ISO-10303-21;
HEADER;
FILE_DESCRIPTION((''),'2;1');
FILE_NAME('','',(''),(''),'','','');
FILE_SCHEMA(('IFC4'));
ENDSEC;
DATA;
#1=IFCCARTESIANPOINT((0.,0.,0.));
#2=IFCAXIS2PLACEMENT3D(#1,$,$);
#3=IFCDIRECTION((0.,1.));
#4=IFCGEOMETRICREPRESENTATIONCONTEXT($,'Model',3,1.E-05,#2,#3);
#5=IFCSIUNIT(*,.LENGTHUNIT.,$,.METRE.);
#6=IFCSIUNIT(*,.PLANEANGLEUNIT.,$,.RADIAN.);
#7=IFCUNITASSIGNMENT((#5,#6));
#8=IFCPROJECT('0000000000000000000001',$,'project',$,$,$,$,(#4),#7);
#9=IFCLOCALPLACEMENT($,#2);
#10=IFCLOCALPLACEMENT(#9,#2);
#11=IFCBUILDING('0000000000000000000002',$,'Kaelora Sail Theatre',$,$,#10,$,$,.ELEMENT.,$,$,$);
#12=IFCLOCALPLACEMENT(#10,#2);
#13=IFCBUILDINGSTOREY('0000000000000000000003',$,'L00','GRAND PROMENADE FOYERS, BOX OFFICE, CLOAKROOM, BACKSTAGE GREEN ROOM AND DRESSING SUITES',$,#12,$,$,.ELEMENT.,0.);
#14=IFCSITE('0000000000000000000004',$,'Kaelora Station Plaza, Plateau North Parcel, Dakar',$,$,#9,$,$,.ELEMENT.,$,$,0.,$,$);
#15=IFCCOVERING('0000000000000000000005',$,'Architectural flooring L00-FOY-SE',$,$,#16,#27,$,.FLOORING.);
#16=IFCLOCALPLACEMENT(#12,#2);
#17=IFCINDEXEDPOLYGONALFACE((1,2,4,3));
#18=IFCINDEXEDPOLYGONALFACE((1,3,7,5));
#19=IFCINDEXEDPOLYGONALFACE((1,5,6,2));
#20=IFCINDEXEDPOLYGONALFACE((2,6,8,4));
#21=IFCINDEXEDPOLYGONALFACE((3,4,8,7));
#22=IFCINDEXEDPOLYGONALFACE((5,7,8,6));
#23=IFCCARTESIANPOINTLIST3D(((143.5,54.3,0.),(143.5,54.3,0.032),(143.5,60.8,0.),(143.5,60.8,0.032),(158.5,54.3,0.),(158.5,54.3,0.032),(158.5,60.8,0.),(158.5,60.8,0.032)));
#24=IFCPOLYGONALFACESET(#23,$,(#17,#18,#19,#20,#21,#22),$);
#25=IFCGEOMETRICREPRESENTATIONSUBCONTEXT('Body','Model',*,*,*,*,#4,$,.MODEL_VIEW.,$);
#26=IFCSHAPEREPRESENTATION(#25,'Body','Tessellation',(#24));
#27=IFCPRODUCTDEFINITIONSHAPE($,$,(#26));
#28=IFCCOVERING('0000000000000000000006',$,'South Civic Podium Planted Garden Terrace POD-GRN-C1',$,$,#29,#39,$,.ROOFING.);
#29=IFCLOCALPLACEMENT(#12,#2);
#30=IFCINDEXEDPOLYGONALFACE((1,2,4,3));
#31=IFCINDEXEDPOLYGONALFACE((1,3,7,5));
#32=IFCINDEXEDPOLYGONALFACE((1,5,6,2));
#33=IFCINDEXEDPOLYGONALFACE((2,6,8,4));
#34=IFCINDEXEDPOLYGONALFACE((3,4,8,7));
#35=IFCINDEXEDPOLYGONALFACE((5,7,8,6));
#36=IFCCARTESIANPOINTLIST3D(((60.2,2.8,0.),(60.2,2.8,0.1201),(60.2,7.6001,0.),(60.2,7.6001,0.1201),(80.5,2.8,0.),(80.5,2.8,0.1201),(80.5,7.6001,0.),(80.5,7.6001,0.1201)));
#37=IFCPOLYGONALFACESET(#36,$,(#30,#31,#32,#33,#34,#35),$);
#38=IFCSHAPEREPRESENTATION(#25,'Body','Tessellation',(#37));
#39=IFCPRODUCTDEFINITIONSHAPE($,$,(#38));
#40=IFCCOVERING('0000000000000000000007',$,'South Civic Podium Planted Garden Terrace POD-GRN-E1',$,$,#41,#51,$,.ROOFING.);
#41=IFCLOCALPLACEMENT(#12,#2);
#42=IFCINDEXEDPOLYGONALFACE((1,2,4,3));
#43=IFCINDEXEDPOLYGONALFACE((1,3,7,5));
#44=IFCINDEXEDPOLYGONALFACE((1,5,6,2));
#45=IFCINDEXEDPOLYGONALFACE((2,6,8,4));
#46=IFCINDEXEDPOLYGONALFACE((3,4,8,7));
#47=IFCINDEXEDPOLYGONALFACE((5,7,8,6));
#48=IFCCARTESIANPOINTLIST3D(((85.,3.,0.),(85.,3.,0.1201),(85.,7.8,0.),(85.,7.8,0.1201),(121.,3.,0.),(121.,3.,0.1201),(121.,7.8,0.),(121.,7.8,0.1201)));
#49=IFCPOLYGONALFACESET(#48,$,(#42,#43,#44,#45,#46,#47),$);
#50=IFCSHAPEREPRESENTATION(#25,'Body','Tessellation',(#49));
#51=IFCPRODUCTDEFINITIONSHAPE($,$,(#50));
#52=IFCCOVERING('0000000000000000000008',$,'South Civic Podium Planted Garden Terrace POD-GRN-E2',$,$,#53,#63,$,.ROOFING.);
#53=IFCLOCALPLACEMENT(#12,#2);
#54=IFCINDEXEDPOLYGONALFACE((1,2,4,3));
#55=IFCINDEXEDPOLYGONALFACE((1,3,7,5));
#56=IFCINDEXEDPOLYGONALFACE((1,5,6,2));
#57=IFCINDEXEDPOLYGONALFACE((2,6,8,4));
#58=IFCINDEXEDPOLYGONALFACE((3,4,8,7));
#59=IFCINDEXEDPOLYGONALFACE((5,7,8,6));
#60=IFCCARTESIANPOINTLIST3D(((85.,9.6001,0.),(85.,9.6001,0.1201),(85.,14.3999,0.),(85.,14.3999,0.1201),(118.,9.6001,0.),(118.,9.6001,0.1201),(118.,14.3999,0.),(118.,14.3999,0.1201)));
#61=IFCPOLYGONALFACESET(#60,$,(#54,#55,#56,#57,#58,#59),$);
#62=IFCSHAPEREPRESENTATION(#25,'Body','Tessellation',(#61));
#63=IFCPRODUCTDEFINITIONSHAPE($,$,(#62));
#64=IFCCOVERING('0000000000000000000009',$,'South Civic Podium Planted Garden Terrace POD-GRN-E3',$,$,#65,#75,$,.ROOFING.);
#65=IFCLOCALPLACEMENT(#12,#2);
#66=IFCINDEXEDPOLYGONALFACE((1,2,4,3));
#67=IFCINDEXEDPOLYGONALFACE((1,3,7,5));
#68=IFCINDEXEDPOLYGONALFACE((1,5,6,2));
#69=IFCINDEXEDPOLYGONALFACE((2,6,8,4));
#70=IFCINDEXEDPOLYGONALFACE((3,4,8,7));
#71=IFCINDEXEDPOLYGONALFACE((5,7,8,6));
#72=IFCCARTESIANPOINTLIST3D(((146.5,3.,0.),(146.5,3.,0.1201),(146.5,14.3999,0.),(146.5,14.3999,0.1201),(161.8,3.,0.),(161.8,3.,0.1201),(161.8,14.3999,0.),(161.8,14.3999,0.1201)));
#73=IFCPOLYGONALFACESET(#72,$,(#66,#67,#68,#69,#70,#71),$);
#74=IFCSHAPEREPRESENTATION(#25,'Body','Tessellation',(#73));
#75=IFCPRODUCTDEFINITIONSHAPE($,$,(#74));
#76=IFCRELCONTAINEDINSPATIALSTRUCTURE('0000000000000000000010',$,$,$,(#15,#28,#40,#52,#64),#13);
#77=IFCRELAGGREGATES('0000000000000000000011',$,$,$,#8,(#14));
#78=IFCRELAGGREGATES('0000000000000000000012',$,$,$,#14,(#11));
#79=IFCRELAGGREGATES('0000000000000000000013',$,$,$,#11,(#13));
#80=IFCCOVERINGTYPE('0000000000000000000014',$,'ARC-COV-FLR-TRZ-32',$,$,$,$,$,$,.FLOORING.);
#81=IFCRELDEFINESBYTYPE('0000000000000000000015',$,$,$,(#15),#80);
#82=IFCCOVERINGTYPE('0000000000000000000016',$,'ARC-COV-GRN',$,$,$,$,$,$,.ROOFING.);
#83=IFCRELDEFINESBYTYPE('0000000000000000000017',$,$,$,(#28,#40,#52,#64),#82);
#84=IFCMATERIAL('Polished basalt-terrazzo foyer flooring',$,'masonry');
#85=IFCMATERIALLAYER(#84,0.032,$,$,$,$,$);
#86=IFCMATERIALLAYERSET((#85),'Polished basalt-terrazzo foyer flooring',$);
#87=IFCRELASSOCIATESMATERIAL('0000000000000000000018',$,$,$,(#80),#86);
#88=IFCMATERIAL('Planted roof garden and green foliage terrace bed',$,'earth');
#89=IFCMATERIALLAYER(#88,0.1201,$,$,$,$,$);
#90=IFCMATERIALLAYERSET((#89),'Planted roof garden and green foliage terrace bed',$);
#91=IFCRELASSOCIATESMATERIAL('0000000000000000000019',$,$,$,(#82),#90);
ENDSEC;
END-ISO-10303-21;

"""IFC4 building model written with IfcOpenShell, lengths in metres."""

from ifc_helpers import new_model, si_unit, direction, origin, place, context, subcontext, project, spatial, polyline, outline, extrude, material, layer, layer_set, type_object, element, save


model = new_model("IFC4")

# Units and contexts
model_context = context("Model", 3, precision=1e-05, world=origin(), true_north=direction((0.0, 1.0)))
body_context = subcontext(model_context, "Body", "Model", "MODEL_VIEW")
ifc_project = project(units=[si_unit("LENGTHUNIT", "METRE"), si_unit("PLANEANGLEUNIT", "RADIAN")], contexts=[model_context])

# Site, building, storey
site_placement = place(None, origin())
site = spatial("IfcSite", under=ifc_project, at=site_placement, Name="Kaelora Station Plaza, Plateau North Parcel, Dakar", CompositionType="ELEMENT", RefElevation=0.0)
building_placement = place(site_placement, origin())
building = spatial("IfcBuilding", under=site, at=building_placement, Name="Kaelora Sail Theatre", CompositionType="ELEMENT")
storey_placement = place(building_placement, origin())
storey = spatial("IfcBuildingStorey", under=building, at=storey_placement, Name="L00", Description="GRAND PROMENADE FOYERS, BOX OFFICE, CLOAKROOM, BACKSTAGE GREEN ROOM AND DRESSING SUITES", CompositionType="ELEMENT", Elevation=0.0)

# Coverings
ifc_material_1 = material(Name="Polished basalt-terrazzo foyer flooring", Category="masonry")
ifc_layer_1 = layer(ifc_material_1, 0.032)
ifc_layer_set_1 = layer_set([ifc_layer_1], Name="Polished basalt-terrazzo foyer flooring")
covering_type_1 = type_object("IfcCoveringType", Name="ARC-COV-FLR-TRZ-32", PredefinedType="FLOORING", material=ifc_layer_set_1)
covering_1_placement = place(storey_placement, origin())
element("IfcCovering", 1, at=covering_1_placement, inside=storey, type_object=covering_type_1, Name="Architectural flooring L00-FOY-SE", PredefinedType="FLOORING", context=body_context, shape_type="SweptSolid", body=[
    extrude(outline(polyline([(143.5, 54.3), (158.5, 54.3), (158.5, 60.8), (143.5, 60.8), (143.5, 54.3)])), origin(), (0.0, 0.0, 1.0), 0.032),
])
ifc_material_2 = material(Name="Planted roof garden and green foliage terrace bed", Category="earth")
ifc_layer_2 = layer(ifc_material_2, 0.1201)
ifc_layer_set_2 = layer_set([ifc_layer_2], Name="Planted roof garden and green foliage terrace bed")
covering_type_2 = type_object("IfcCoveringType", Name="ARC-COV-GRN", PredefinedType="ROOFING", material=ifc_layer_set_2)
covering_2_placement = place(storey_placement, origin())
element("IfcCovering", 2, at=covering_2_placement, inside=storey, type_object=covering_type_2, Name="South Civic Podium Planted Garden Terrace POD-GRN-C1", PredefinedType="ROOFING", context=body_context, shape_type="SweptSolid", body=[
    extrude(outline(polyline([(60.2, 2.8), (80.5, 2.8), (80.5, 7.6001), (60.2, 7.6001), (60.2, 2.8)])), origin(), (0.0, 0.0, 1.0), 0.1201),
])
covering_3_placement = place(storey_placement, origin())
element("IfcCovering", 3, at=covering_3_placement, inside=storey, type_object=covering_type_2, Name="South Civic Podium Planted Garden Terrace POD-GRN-E1", PredefinedType="ROOFING", context=body_context, shape_type="SweptSolid", body=[
    extrude(outline(polyline([(85.0, 3.0), (121.0, 3.0), (121.0, 7.8), (85.0, 7.8), (85.0, 3.0)])), origin(), (0.0, 0.0, 1.0), 0.1201),
])
covering_4_placement = place(storey_placement, origin())
element("IfcCovering", 4, at=covering_4_placement, inside=storey, type_object=covering_type_2, Name="South Civic Podium Planted Garden Terrace POD-GRN-E2", PredefinedType="ROOFING", context=body_context, shape_type="SweptSolid", body=[
    extrude(outline(polyline([(85.0, 9.6001), (118.0, 9.6001), (118.0, 14.3999), (85.0, 14.3999), (85.0, 9.6001)])), origin(), (0.0, 0.0, 1.0), 0.1201),
])
covering_5_placement = place(storey_placement, origin())
element("IfcCovering", 5, at=covering_5_placement, inside=storey, type_object=covering_type_2, Name="South Civic Podium Planted Garden Terrace POD-GRN-E3", PredefinedType="ROOFING", context=body_context, shape_type="SweptSolid", body=[
    extrude(outline(polyline([(146.5, 3.0), (161.8, 3.0), (161.8, 14.3999), (146.5, 14.3999), (146.5, 3.0)])), origin(), (0.0, 0.0, 1.0), 0.1201),
])

save(model, "model.ifc")
